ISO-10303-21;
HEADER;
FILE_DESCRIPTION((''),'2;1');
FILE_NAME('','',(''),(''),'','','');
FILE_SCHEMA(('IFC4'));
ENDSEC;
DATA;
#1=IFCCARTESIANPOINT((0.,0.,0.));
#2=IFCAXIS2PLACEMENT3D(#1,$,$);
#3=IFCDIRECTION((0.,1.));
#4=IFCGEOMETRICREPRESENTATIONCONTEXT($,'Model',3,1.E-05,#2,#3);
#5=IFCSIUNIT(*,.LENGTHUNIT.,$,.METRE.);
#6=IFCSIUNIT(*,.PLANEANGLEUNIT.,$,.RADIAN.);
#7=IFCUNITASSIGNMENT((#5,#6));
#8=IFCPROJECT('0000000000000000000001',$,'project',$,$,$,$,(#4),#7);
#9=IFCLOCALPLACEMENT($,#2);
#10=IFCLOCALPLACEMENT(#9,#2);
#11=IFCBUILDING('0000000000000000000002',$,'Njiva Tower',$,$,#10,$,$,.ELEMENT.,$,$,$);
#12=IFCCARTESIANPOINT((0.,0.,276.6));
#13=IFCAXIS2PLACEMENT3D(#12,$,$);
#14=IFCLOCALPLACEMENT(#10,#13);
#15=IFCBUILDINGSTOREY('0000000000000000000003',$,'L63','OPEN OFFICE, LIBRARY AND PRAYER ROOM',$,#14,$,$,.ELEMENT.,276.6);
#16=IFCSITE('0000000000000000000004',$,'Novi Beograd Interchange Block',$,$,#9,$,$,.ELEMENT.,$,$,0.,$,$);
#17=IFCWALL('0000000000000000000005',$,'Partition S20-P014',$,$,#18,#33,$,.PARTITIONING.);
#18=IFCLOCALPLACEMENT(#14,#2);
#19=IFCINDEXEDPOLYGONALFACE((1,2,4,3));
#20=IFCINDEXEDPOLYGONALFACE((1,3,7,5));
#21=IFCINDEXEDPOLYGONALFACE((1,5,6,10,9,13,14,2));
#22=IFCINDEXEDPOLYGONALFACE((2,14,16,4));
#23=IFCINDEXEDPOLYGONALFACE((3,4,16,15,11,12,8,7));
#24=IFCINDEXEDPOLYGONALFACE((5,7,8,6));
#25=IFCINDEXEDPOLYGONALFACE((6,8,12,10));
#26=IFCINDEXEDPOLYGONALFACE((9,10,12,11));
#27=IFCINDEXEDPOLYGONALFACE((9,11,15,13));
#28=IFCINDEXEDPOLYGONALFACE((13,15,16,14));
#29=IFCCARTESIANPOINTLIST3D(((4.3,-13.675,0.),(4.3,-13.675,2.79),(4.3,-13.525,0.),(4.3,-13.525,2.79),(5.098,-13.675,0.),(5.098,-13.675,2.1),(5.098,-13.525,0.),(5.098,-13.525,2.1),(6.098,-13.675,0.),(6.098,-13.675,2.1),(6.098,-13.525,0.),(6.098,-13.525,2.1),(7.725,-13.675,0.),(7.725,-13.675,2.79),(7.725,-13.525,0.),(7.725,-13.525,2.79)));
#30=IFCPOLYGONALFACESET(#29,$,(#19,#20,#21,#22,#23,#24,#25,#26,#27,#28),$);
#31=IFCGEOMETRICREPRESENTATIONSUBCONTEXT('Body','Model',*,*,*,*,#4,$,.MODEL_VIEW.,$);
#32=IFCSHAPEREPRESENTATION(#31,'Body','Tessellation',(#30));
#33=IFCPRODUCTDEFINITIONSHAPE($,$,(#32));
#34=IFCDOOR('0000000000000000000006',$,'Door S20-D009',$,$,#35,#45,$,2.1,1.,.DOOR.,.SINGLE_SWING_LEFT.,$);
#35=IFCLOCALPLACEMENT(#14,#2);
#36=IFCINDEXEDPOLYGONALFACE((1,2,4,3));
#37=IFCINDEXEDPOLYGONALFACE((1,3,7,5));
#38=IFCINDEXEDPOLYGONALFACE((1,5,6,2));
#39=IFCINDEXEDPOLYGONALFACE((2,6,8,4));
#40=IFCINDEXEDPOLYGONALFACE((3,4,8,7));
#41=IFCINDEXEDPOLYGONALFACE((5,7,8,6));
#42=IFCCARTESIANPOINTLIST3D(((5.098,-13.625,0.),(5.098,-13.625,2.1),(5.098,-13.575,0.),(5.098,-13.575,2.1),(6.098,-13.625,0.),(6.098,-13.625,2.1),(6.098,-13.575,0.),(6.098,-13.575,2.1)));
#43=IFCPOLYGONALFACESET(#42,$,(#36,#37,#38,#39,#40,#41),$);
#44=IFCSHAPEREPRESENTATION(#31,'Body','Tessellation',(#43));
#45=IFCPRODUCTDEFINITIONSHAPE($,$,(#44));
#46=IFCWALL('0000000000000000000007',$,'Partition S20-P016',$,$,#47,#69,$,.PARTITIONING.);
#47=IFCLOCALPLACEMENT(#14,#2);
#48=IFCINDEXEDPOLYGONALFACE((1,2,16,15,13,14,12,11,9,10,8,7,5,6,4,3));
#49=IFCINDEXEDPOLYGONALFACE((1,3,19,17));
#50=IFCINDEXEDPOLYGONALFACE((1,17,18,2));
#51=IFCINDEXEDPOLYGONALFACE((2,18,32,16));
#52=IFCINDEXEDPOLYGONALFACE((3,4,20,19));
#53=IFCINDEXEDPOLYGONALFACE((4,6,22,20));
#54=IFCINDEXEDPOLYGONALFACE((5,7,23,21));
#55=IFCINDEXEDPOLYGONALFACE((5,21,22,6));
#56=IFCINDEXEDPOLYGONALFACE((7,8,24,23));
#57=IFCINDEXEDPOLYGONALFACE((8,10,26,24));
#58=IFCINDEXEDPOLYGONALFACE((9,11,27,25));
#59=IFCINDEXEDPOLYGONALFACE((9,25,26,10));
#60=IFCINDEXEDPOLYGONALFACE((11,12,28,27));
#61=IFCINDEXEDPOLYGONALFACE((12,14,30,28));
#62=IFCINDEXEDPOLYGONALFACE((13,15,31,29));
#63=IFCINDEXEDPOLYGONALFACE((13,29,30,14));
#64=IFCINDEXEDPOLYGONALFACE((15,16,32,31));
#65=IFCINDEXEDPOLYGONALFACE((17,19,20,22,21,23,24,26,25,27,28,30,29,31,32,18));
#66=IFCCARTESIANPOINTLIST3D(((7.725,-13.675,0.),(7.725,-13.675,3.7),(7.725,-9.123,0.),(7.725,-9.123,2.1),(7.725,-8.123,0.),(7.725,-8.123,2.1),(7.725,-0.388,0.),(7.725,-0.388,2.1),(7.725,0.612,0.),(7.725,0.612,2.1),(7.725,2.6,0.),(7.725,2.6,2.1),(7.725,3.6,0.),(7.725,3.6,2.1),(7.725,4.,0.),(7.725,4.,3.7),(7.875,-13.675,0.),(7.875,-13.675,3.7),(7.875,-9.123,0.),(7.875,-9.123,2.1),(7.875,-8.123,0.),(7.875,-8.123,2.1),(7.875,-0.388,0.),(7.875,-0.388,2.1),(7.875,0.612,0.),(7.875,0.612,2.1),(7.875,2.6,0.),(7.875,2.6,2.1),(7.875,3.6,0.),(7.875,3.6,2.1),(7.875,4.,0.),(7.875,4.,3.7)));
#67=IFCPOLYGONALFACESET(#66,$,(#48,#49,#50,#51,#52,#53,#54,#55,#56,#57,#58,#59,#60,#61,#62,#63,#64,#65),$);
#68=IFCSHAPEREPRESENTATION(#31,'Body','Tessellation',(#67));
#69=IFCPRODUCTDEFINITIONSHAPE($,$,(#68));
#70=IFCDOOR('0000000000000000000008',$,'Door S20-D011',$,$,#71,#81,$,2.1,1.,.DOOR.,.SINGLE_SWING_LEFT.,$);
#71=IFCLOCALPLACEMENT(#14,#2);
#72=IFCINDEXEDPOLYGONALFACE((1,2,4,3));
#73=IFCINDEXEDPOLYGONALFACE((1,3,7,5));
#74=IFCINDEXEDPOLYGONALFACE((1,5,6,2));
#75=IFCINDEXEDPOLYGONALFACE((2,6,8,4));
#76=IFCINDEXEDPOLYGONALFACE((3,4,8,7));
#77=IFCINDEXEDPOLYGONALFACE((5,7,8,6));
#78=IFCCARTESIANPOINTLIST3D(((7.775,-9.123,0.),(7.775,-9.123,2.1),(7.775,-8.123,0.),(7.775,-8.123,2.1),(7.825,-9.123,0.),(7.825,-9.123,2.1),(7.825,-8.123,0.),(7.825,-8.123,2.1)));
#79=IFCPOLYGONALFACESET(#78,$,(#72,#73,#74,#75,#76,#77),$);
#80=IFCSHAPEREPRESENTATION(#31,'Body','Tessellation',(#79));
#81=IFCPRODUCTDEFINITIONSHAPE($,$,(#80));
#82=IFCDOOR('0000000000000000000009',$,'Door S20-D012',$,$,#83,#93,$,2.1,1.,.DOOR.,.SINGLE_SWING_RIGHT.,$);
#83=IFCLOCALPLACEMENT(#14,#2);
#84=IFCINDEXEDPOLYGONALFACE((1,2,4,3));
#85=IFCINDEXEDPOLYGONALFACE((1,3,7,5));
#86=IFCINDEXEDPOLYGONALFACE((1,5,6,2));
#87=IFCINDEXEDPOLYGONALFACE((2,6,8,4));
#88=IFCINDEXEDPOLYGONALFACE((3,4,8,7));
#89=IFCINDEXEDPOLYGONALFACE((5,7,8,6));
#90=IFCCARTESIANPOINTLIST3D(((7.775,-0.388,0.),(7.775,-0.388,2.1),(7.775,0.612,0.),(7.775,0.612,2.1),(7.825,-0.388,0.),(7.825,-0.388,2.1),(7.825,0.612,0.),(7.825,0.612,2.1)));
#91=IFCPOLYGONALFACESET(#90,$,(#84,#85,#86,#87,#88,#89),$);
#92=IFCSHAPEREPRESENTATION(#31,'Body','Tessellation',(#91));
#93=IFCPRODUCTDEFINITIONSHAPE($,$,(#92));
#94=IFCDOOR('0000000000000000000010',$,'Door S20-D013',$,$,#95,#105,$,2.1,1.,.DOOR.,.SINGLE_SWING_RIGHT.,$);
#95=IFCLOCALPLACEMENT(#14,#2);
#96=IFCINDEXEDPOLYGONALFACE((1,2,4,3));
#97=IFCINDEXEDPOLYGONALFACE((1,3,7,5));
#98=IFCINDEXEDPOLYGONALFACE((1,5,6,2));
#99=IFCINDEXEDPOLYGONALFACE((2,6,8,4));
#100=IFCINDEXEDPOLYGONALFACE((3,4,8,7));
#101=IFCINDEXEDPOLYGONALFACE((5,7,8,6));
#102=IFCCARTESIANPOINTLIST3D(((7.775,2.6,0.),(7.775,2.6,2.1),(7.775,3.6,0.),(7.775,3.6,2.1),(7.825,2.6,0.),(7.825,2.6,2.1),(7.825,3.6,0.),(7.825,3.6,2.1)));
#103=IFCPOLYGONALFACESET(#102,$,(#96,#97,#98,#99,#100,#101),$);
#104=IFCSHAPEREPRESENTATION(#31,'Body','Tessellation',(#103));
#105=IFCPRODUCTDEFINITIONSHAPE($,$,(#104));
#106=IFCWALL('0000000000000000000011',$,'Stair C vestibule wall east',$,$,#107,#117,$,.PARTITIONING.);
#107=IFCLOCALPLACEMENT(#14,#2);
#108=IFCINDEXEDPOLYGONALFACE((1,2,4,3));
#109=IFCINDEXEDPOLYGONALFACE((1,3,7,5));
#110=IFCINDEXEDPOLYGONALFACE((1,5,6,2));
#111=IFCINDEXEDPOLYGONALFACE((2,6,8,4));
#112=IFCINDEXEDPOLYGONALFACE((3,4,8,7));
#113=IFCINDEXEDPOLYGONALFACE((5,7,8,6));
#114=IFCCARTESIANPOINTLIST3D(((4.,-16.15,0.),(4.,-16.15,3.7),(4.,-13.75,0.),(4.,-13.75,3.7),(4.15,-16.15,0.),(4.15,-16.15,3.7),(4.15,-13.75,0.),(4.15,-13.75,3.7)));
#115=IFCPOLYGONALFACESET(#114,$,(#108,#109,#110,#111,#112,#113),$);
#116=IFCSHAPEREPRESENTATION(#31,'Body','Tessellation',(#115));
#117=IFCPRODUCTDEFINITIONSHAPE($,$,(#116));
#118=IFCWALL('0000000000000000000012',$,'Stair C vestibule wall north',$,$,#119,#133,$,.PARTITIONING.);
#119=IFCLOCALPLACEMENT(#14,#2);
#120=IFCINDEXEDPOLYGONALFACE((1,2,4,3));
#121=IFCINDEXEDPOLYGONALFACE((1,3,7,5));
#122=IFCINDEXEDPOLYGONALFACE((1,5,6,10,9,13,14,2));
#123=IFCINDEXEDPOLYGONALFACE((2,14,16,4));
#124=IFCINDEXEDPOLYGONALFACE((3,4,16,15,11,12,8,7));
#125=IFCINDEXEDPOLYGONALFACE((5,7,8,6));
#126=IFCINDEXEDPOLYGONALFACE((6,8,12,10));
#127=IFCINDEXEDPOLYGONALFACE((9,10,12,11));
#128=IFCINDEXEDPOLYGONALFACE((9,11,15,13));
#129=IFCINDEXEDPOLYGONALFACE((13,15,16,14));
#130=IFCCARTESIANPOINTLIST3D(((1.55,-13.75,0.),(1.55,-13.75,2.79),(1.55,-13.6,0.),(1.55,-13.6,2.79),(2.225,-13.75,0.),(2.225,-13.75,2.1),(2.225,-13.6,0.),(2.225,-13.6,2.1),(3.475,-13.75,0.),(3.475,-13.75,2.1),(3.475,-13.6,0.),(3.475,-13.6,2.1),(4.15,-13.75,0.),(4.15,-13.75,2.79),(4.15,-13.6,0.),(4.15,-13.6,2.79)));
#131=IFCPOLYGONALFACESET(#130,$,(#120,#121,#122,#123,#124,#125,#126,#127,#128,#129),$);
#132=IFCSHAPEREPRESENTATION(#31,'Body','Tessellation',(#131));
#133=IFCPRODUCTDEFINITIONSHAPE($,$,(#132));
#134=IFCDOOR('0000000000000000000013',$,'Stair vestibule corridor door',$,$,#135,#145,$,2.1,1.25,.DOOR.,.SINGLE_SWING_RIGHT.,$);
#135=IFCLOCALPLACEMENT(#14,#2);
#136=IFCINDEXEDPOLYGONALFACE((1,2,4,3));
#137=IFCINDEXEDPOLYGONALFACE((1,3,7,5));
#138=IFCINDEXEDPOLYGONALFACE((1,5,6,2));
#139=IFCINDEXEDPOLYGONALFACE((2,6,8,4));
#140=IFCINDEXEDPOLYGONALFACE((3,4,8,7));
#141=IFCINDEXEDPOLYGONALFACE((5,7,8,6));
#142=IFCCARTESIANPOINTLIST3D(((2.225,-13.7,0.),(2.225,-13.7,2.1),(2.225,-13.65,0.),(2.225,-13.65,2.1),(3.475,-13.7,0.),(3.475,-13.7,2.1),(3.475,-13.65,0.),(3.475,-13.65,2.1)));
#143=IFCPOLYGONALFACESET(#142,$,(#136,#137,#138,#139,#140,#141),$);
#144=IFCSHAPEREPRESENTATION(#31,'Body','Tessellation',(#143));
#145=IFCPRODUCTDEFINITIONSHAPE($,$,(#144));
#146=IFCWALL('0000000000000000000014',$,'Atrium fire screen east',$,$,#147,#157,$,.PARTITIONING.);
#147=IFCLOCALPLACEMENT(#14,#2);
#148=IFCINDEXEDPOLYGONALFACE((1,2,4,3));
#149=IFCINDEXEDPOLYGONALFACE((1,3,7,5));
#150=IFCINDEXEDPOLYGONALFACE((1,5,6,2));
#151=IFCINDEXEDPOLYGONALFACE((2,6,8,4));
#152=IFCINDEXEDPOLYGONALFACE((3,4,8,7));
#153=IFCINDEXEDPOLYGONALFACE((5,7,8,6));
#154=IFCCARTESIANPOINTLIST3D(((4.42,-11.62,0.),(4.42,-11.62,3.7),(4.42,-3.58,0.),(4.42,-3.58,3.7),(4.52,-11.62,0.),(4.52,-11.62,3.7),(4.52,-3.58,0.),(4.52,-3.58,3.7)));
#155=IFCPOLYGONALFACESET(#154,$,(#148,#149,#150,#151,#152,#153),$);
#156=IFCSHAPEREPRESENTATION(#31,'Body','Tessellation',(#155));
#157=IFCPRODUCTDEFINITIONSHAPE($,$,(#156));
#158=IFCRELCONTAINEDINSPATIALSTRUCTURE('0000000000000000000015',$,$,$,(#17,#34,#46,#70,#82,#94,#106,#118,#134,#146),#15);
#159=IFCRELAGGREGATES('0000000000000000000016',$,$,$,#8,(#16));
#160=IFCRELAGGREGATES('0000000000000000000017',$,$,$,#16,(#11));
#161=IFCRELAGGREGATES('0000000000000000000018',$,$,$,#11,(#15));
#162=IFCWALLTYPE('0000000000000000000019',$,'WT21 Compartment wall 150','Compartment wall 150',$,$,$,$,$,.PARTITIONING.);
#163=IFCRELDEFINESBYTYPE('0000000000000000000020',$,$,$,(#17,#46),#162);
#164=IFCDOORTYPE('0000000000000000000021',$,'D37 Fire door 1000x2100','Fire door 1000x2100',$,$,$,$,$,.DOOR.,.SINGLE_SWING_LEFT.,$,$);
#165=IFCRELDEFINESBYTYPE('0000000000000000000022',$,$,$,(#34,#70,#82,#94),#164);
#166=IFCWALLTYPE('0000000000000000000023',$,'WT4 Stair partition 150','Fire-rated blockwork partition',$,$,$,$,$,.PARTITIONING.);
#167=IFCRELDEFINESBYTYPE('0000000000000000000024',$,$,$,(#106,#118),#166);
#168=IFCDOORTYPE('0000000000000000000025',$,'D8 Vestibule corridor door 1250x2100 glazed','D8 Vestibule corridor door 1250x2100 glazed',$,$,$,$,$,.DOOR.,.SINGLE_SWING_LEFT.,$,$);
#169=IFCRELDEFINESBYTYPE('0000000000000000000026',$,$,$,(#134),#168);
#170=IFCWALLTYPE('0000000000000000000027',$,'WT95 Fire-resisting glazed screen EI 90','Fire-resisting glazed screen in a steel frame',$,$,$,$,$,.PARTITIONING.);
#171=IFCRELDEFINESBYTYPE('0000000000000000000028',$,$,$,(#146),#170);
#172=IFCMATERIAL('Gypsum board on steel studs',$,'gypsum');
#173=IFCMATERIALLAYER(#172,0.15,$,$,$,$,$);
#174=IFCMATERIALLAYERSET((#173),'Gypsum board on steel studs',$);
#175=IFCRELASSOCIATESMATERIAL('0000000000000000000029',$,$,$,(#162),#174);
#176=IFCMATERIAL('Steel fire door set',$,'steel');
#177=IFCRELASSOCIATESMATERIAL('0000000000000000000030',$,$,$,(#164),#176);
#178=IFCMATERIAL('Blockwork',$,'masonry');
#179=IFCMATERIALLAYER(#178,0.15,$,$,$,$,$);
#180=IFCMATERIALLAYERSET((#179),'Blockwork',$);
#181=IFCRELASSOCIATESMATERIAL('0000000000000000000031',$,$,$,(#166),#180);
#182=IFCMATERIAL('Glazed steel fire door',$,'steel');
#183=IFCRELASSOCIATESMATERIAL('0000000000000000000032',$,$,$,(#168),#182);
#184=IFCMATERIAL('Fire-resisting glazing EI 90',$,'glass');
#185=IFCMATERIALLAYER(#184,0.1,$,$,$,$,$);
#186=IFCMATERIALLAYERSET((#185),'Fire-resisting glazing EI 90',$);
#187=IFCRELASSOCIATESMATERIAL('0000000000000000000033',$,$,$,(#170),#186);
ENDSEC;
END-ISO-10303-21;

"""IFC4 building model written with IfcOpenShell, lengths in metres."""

from ifc_helpers import new_model, si_unit, direction, frame, frame_2d, origin, place, context, subcontext, project, spatial, rectangle, extrude, material, layer, layer_set, type_object, element, fill, save


model = new_model("IFC4")

# Units and contexts
model_context = context("Model", 3, precision=1e-05, world=origin(), true_north=direction((0.0, 1.0)))
body_context = subcontext(model_context, "Body", "Model", "MODEL_VIEW")
ifc_project = project(units=[si_unit("LENGTHUNIT", "METRE"), si_unit("PLANEANGLEUNIT", "RADIAN")], contexts=[model_context])

# Site, building, storey
site_placement = place(None, origin())
site = spatial("IfcSite", under=ifc_project, at=site_placement, Name="Novi Beograd Interchange Block", CompositionType="ELEMENT", RefElevation=0.0)
building_placement = place(site_placement, origin())
building = spatial("IfcBuilding", under=site, at=building_placement, Name="Njiva Tower", CompositionType="ELEMENT")
storey_placement = place(building_placement, frame((0.0, 0.0, 276.6)))
storey = spatial("IfcBuildingStorey", under=building, at=storey_placement, Name="L63", Description="OPEN OFFICE, LIBRARY AND PRAYER ROOM", CompositionType="ELEMENT", Elevation=276.6)

# Shared definitions
ifc_material_1 = material(Name="Gypsum board on steel studs", Category="gypsum")

# Wall, opening, door
ifc_layer_1 = layer(ifc_material_1, 0.15)
ifc_layer_set_1 = layer_set([ifc_layer_1], Name="Gypsum board on steel studs")
wall_type_1 = type_object("IfcWallType", Name="WT21 Compartment wall 150", Description="Compartment wall 150", PredefinedType="PARTITIONING", material=ifc_layer_set_1)
wall_1_placement = place(storey_placement, frame((4.3, -13.6, 0.0), z_axis=(0.0, 0.0, 1.0), x_axis=(1.0, 0.0, 0.0)))
wall_1 = element("IfcWall", 1, at=wall_1_placement, inside=storey, type_object=wall_type_1, Name="Partition S20-P014", PredefinedType="PARTITIONING", context=body_context, shape_type="SweptSolid", body=[
    extrude(rectangle(XDim=3.425, YDim=0.15, at=frame_2d((1.7125, 0.0))), origin(), (0.0, 0.0, 1.0), 2.79),
])
opening_1_placement = place(wall_1_placement, frame((0.798, 0.0, 0.0)))
opening_1 = element("IfcOpeningElement", 2, at=opening_1_placement, cuts=wall_1, PredefinedType="OPENING", context=body_context, shape_type="SweptSolid", body=[
    extrude(rectangle(XDim=1.0, YDim=2.1, at=frame_2d((0.5, 1.05))), frame((0.0, 0.085, 0.0), z_axis=(0.0, -1.0, 0.0), x_axis=(1.0, 0.0, 0.0)), (0.0, 0.0, 1.0), 0.17),
])
ifc_material_2 = material(Name="Steel fire door set", Category="steel")
door_type_1 = type_object("IfcDoorType", Name="D37 Fire door 1000x2100", Description="Fire door 1000x2100", OperationType="SINGLE_SWING_LEFT", PredefinedType="DOOR", material=ifc_material_2)
door_1_placement = place(opening_1_placement, origin())
door_1 = element("IfcDoor", 3, at=door_1_placement, inside=storey, type_object=door_type_1, Name="Door S20-D009", OperationType="SINGLE_SWING_LEFT", OverallHeight=2.1, OverallWidth=1.0, PredefinedType="DOOR", context=body_context, shape_type="SweptSolid", body=[
    extrude(rectangle(XDim=1.0, YDim=2.1, at=frame_2d((0.5, 1.05))), frame((0.0, 0.025, 0.0), z_axis=(0.0, -1.0, 0.0), x_axis=(1.0, 0.0, 0.0)), (0.0, 0.0, 1.0), 0.05),
])
fill(opening_1, door_1)

# Wall, openings, doors
wall_2_placement = place(storey_placement, frame((7.8, -13.675, 0.0), z_axis=(0.0, 0.0, 1.0), x_axis=(0.0, 1.0, 0.0)))
wall_2 = element("IfcWall", 4, at=wall_2_placement, inside=storey, type_object=wall_type_1, Name="Partition S20-P016", PredefinedType="PARTITIONING", context=body_context, shape_type="SweptSolid", body=[
    extrude(rectangle(XDim=17.675, YDim=0.15, at=frame_2d((8.8375, 0.0))), origin(), (0.0, 0.0, 1.0), 3.7),
])
opening_2_placement = place(wall_2_placement, frame((4.552, 0.0, 0.0)))
opening_2 = element("IfcOpeningElement", 5, at=opening_2_placement, cuts=wall_2, PredefinedType="OPENING", context=body_context, shape_type="SweptSolid", body=[
    extrude(rectangle(XDim=1.0, YDim=2.1, at=frame_2d((0.5, 1.05))), frame((0.0, 0.085, 0.0), z_axis=(0.0, -1.0, 0.0), x_axis=(1.0, 0.0, 0.0)), (0.0, 0.0, 1.0), 0.17),
])
opening_3_placement = place(wall_2_placement, frame((13.287, 0.0, 0.0)))
opening_3 = element("IfcOpeningElement", 6, at=opening_3_placement, cuts=wall_2, PredefinedType="OPENING", context=body_context, shape_type="SweptSolid", body=[
    extrude(rectangle(XDim=1.0, YDim=2.1, at=frame_2d((0.5, 1.05))), frame((0.0, 0.085, 0.0), z_axis=(0.0, -1.0, 0.0), x_axis=(1.0, 0.0, 0.0)), (0.0, 0.0, 1.0), 0.17),
])
opening_4_placement = place(wall_2_placement, frame((16.275, 0.0, 0.0)))
opening_4 = element("IfcOpeningElement", 7, at=opening_4_placement, cuts=wall_2, PredefinedType="OPENING", context=body_context, shape_type="SweptSolid", body=[
    extrude(rectangle(XDim=1.0, YDim=2.1, at=frame_2d((0.5, 1.05))), frame((0.0, 0.085, 0.0), z_axis=(0.0, -1.0, 0.0), x_axis=(1.0, 0.0, 0.0)), (0.0, 0.0, 1.0), 0.17),
])
door_2_placement = place(opening_2_placement, origin())
door_2 = element("IfcDoor", 8, at=door_2_placement, inside=storey, type_object=door_type_1, Name="Door S20-D011", OperationType="SINGLE_SWING_LEFT", OverallHeight=2.1, OverallWidth=1.0, PredefinedType="DOOR", context=body_context, shape_type="SweptSolid", body=[
    extrude(rectangle(XDim=1.0, YDim=2.1, at=frame_2d((0.5, 1.05))), frame((0.0, 0.025, 0.0), z_axis=(0.0, -1.0, 0.0), x_axis=(1.0, 0.0, 0.0)), (0.0, 0.0, 1.0), 0.05),
])
fill(opening_2, door_2)
door_3_placement = place(opening_3_placement, origin())
door_3 = element("IfcDoor", 9, at=door_3_placement, inside=storey, type_object=door_type_1, Name="Door S20-D012", OperationType="SINGLE_SWING_RIGHT", OverallHeight=2.1, OverallWidth=1.0, PredefinedType="DOOR", context=body_context, shape_type="SweptSolid", body=[
    extrude(rectangle(XDim=1.0, YDim=2.1, at=frame_2d((0.5, 1.05))), frame((0.0, 0.025, 0.0), z_axis=(0.0, -1.0, 0.0), x_axis=(1.0, 0.0, 0.0)), (0.0, 0.0, 1.0), 0.05),
])
fill(opening_3, door_3)
door_4_placement = place(opening_4_placement, origin())
door_4 = element("IfcDoor", 10, at=door_4_placement, inside=storey, type_object=door_type_1, Name="Door S20-D013", OperationType="SINGLE_SWING_RIGHT", OverallHeight=2.1, OverallWidth=1.0, PredefinedType="DOOR", context=body_context, shape_type="SweptSolid", body=[
    extrude(rectangle(XDim=1.0, YDim=2.1, at=frame_2d((0.5, 1.05))), frame((0.0, 0.025, 0.0), z_axis=(0.0, -1.0, 0.0), x_axis=(1.0, 0.0, 0.0)), (0.0, 0.0, 1.0), 0.05),
])
fill(opening_4, door_4)

# Wall
ifc_material_3 = material(Name="Blockwork", Category="masonry")
ifc_layer_2 = layer(ifc_material_3, 0.15)
ifc_layer_set_2 = layer_set([ifc_layer_2], Name="Blockwork")
wall_type_2 = type_object("IfcWallType", Name="WT4 Stair partition 150", Description="Fire-rated blockwork partition", PredefinedType="PARTITIONING", material=ifc_layer_set_2)
wall_3_placement = place(storey_placement, frame((4.075, -16.15, 0.0), z_axis=(0.0, 0.0, 1.0), x_axis=(0.0, 1.0, 0.0)))
element("IfcWall", 11, at=wall_3_placement, inside=storey, type_object=wall_type_2, Name="Stair C vestibule wall east", PredefinedType="PARTITIONING", context=body_context, shape_type="SweptSolid", body=[
    extrude(rectangle(XDim=2.4, YDim=0.15, at=frame_2d((1.2, 0.0))), origin(), (0.0, 0.0, 1.0), 3.7),
])

# Wall, opening, door
wall_4_placement = place(storey_placement, frame((1.55, -13.675, 0.0), z_axis=(0.0, 0.0, 1.0), x_axis=(1.0, 0.0, 0.0)))
wall_4 = element("IfcWall", 12, at=wall_4_placement, inside=storey, type_object=wall_type_2, Name="Stair C vestibule wall north", PredefinedType="PARTITIONING", context=body_context, shape_type="SweptSolid", body=[
    extrude(rectangle(XDim=2.6, YDim=0.15, at=frame_2d((1.3, 0.0))), origin(), (0.0, 0.0, 1.0), 2.79),
])
opening_5_placement = place(wall_4_placement, frame((0.675, 0.0, 0.0)))
opening_5 = element("IfcOpeningElement", 13, at=opening_5_placement, cuts=wall_4, PredefinedType="OPENING", context=body_context, shape_type="SweptSolid", body=[
    extrude(rectangle(XDim=1.25, YDim=2.1, at=frame_2d((0.625, 1.05))), frame((0.0, 0.085, 0.0), z_axis=(0.0, -1.0, 0.0), x_axis=(1.0, 0.0, 0.0)), (0.0, 0.0, 1.0), 0.17),
])
ifc_material_4 = material(Name="Glazed steel fire door", Category="steel")
door_type_2 = type_object("IfcDoorType", Name="D8 Vestibule corridor door 1250x2100 glazed", Description="D8 Vestibule corridor door 1250x2100 glazed", OperationType="SINGLE_SWING_LEFT", PredefinedType="DOOR", material=ifc_material_4)
door_5_placement = place(opening_5_placement, origin())
door_5 = element("IfcDoor", 14, at=door_5_placement, inside=storey, type_object=door_type_2, Name="Stair vestibule corridor door", OperationType="SINGLE_SWING_RIGHT", OverallHeight=2.1, OverallWidth=1.25, PredefinedType="DOOR", context=body_context, shape_type="SweptSolid", body=[
    extrude(rectangle(XDim=1.25, YDim=2.1, at=frame_2d((0.625, 1.05))), frame((0.0, 0.025, 0.0), z_axis=(0.0, -1.0, 0.0), x_axis=(1.0, 0.0, 0.0)), (0.0, 0.0, 1.0), 0.05),
])
fill(opening_5, door_5)

# Wall
ifc_material_5 = material(Name="Fire-resisting glazing EI 90", Category="glass")
ifc_layer_3 = layer(ifc_material_5, 0.1)
ifc_layer_set_3 = layer_set([ifc_layer_3], Name="Fire-resisting glazing EI 90")
wall_type_3 = type_object("IfcWallType", Name="WT95 Fire-resisting glazed screen EI 90", Description="Fire-resisting glazed screen in a steel frame", PredefinedType="PARTITIONING", material=ifc_layer_set_3)
wall_5_placement = place(storey_placement, frame((4.47, -11.62, 0.0), z_axis=(0.0, 0.0, 1.0), x_axis=(0.0, 1.0, 0.0)))
element("IfcWall", 15, at=wall_5_placement, inside=storey, type_object=wall_type_3, Name="Atrium fire screen east", PredefinedType="PARTITIONING", context=body_context, shape_type="SweptSolid", body=[
    extrude(rectangle(XDim=8.04, YDim=0.1, at=frame_2d((4.02, 0.0))), origin(), (0.0, 0.0, 1.0), 3.7),
])

save(model, "model.ifc")
